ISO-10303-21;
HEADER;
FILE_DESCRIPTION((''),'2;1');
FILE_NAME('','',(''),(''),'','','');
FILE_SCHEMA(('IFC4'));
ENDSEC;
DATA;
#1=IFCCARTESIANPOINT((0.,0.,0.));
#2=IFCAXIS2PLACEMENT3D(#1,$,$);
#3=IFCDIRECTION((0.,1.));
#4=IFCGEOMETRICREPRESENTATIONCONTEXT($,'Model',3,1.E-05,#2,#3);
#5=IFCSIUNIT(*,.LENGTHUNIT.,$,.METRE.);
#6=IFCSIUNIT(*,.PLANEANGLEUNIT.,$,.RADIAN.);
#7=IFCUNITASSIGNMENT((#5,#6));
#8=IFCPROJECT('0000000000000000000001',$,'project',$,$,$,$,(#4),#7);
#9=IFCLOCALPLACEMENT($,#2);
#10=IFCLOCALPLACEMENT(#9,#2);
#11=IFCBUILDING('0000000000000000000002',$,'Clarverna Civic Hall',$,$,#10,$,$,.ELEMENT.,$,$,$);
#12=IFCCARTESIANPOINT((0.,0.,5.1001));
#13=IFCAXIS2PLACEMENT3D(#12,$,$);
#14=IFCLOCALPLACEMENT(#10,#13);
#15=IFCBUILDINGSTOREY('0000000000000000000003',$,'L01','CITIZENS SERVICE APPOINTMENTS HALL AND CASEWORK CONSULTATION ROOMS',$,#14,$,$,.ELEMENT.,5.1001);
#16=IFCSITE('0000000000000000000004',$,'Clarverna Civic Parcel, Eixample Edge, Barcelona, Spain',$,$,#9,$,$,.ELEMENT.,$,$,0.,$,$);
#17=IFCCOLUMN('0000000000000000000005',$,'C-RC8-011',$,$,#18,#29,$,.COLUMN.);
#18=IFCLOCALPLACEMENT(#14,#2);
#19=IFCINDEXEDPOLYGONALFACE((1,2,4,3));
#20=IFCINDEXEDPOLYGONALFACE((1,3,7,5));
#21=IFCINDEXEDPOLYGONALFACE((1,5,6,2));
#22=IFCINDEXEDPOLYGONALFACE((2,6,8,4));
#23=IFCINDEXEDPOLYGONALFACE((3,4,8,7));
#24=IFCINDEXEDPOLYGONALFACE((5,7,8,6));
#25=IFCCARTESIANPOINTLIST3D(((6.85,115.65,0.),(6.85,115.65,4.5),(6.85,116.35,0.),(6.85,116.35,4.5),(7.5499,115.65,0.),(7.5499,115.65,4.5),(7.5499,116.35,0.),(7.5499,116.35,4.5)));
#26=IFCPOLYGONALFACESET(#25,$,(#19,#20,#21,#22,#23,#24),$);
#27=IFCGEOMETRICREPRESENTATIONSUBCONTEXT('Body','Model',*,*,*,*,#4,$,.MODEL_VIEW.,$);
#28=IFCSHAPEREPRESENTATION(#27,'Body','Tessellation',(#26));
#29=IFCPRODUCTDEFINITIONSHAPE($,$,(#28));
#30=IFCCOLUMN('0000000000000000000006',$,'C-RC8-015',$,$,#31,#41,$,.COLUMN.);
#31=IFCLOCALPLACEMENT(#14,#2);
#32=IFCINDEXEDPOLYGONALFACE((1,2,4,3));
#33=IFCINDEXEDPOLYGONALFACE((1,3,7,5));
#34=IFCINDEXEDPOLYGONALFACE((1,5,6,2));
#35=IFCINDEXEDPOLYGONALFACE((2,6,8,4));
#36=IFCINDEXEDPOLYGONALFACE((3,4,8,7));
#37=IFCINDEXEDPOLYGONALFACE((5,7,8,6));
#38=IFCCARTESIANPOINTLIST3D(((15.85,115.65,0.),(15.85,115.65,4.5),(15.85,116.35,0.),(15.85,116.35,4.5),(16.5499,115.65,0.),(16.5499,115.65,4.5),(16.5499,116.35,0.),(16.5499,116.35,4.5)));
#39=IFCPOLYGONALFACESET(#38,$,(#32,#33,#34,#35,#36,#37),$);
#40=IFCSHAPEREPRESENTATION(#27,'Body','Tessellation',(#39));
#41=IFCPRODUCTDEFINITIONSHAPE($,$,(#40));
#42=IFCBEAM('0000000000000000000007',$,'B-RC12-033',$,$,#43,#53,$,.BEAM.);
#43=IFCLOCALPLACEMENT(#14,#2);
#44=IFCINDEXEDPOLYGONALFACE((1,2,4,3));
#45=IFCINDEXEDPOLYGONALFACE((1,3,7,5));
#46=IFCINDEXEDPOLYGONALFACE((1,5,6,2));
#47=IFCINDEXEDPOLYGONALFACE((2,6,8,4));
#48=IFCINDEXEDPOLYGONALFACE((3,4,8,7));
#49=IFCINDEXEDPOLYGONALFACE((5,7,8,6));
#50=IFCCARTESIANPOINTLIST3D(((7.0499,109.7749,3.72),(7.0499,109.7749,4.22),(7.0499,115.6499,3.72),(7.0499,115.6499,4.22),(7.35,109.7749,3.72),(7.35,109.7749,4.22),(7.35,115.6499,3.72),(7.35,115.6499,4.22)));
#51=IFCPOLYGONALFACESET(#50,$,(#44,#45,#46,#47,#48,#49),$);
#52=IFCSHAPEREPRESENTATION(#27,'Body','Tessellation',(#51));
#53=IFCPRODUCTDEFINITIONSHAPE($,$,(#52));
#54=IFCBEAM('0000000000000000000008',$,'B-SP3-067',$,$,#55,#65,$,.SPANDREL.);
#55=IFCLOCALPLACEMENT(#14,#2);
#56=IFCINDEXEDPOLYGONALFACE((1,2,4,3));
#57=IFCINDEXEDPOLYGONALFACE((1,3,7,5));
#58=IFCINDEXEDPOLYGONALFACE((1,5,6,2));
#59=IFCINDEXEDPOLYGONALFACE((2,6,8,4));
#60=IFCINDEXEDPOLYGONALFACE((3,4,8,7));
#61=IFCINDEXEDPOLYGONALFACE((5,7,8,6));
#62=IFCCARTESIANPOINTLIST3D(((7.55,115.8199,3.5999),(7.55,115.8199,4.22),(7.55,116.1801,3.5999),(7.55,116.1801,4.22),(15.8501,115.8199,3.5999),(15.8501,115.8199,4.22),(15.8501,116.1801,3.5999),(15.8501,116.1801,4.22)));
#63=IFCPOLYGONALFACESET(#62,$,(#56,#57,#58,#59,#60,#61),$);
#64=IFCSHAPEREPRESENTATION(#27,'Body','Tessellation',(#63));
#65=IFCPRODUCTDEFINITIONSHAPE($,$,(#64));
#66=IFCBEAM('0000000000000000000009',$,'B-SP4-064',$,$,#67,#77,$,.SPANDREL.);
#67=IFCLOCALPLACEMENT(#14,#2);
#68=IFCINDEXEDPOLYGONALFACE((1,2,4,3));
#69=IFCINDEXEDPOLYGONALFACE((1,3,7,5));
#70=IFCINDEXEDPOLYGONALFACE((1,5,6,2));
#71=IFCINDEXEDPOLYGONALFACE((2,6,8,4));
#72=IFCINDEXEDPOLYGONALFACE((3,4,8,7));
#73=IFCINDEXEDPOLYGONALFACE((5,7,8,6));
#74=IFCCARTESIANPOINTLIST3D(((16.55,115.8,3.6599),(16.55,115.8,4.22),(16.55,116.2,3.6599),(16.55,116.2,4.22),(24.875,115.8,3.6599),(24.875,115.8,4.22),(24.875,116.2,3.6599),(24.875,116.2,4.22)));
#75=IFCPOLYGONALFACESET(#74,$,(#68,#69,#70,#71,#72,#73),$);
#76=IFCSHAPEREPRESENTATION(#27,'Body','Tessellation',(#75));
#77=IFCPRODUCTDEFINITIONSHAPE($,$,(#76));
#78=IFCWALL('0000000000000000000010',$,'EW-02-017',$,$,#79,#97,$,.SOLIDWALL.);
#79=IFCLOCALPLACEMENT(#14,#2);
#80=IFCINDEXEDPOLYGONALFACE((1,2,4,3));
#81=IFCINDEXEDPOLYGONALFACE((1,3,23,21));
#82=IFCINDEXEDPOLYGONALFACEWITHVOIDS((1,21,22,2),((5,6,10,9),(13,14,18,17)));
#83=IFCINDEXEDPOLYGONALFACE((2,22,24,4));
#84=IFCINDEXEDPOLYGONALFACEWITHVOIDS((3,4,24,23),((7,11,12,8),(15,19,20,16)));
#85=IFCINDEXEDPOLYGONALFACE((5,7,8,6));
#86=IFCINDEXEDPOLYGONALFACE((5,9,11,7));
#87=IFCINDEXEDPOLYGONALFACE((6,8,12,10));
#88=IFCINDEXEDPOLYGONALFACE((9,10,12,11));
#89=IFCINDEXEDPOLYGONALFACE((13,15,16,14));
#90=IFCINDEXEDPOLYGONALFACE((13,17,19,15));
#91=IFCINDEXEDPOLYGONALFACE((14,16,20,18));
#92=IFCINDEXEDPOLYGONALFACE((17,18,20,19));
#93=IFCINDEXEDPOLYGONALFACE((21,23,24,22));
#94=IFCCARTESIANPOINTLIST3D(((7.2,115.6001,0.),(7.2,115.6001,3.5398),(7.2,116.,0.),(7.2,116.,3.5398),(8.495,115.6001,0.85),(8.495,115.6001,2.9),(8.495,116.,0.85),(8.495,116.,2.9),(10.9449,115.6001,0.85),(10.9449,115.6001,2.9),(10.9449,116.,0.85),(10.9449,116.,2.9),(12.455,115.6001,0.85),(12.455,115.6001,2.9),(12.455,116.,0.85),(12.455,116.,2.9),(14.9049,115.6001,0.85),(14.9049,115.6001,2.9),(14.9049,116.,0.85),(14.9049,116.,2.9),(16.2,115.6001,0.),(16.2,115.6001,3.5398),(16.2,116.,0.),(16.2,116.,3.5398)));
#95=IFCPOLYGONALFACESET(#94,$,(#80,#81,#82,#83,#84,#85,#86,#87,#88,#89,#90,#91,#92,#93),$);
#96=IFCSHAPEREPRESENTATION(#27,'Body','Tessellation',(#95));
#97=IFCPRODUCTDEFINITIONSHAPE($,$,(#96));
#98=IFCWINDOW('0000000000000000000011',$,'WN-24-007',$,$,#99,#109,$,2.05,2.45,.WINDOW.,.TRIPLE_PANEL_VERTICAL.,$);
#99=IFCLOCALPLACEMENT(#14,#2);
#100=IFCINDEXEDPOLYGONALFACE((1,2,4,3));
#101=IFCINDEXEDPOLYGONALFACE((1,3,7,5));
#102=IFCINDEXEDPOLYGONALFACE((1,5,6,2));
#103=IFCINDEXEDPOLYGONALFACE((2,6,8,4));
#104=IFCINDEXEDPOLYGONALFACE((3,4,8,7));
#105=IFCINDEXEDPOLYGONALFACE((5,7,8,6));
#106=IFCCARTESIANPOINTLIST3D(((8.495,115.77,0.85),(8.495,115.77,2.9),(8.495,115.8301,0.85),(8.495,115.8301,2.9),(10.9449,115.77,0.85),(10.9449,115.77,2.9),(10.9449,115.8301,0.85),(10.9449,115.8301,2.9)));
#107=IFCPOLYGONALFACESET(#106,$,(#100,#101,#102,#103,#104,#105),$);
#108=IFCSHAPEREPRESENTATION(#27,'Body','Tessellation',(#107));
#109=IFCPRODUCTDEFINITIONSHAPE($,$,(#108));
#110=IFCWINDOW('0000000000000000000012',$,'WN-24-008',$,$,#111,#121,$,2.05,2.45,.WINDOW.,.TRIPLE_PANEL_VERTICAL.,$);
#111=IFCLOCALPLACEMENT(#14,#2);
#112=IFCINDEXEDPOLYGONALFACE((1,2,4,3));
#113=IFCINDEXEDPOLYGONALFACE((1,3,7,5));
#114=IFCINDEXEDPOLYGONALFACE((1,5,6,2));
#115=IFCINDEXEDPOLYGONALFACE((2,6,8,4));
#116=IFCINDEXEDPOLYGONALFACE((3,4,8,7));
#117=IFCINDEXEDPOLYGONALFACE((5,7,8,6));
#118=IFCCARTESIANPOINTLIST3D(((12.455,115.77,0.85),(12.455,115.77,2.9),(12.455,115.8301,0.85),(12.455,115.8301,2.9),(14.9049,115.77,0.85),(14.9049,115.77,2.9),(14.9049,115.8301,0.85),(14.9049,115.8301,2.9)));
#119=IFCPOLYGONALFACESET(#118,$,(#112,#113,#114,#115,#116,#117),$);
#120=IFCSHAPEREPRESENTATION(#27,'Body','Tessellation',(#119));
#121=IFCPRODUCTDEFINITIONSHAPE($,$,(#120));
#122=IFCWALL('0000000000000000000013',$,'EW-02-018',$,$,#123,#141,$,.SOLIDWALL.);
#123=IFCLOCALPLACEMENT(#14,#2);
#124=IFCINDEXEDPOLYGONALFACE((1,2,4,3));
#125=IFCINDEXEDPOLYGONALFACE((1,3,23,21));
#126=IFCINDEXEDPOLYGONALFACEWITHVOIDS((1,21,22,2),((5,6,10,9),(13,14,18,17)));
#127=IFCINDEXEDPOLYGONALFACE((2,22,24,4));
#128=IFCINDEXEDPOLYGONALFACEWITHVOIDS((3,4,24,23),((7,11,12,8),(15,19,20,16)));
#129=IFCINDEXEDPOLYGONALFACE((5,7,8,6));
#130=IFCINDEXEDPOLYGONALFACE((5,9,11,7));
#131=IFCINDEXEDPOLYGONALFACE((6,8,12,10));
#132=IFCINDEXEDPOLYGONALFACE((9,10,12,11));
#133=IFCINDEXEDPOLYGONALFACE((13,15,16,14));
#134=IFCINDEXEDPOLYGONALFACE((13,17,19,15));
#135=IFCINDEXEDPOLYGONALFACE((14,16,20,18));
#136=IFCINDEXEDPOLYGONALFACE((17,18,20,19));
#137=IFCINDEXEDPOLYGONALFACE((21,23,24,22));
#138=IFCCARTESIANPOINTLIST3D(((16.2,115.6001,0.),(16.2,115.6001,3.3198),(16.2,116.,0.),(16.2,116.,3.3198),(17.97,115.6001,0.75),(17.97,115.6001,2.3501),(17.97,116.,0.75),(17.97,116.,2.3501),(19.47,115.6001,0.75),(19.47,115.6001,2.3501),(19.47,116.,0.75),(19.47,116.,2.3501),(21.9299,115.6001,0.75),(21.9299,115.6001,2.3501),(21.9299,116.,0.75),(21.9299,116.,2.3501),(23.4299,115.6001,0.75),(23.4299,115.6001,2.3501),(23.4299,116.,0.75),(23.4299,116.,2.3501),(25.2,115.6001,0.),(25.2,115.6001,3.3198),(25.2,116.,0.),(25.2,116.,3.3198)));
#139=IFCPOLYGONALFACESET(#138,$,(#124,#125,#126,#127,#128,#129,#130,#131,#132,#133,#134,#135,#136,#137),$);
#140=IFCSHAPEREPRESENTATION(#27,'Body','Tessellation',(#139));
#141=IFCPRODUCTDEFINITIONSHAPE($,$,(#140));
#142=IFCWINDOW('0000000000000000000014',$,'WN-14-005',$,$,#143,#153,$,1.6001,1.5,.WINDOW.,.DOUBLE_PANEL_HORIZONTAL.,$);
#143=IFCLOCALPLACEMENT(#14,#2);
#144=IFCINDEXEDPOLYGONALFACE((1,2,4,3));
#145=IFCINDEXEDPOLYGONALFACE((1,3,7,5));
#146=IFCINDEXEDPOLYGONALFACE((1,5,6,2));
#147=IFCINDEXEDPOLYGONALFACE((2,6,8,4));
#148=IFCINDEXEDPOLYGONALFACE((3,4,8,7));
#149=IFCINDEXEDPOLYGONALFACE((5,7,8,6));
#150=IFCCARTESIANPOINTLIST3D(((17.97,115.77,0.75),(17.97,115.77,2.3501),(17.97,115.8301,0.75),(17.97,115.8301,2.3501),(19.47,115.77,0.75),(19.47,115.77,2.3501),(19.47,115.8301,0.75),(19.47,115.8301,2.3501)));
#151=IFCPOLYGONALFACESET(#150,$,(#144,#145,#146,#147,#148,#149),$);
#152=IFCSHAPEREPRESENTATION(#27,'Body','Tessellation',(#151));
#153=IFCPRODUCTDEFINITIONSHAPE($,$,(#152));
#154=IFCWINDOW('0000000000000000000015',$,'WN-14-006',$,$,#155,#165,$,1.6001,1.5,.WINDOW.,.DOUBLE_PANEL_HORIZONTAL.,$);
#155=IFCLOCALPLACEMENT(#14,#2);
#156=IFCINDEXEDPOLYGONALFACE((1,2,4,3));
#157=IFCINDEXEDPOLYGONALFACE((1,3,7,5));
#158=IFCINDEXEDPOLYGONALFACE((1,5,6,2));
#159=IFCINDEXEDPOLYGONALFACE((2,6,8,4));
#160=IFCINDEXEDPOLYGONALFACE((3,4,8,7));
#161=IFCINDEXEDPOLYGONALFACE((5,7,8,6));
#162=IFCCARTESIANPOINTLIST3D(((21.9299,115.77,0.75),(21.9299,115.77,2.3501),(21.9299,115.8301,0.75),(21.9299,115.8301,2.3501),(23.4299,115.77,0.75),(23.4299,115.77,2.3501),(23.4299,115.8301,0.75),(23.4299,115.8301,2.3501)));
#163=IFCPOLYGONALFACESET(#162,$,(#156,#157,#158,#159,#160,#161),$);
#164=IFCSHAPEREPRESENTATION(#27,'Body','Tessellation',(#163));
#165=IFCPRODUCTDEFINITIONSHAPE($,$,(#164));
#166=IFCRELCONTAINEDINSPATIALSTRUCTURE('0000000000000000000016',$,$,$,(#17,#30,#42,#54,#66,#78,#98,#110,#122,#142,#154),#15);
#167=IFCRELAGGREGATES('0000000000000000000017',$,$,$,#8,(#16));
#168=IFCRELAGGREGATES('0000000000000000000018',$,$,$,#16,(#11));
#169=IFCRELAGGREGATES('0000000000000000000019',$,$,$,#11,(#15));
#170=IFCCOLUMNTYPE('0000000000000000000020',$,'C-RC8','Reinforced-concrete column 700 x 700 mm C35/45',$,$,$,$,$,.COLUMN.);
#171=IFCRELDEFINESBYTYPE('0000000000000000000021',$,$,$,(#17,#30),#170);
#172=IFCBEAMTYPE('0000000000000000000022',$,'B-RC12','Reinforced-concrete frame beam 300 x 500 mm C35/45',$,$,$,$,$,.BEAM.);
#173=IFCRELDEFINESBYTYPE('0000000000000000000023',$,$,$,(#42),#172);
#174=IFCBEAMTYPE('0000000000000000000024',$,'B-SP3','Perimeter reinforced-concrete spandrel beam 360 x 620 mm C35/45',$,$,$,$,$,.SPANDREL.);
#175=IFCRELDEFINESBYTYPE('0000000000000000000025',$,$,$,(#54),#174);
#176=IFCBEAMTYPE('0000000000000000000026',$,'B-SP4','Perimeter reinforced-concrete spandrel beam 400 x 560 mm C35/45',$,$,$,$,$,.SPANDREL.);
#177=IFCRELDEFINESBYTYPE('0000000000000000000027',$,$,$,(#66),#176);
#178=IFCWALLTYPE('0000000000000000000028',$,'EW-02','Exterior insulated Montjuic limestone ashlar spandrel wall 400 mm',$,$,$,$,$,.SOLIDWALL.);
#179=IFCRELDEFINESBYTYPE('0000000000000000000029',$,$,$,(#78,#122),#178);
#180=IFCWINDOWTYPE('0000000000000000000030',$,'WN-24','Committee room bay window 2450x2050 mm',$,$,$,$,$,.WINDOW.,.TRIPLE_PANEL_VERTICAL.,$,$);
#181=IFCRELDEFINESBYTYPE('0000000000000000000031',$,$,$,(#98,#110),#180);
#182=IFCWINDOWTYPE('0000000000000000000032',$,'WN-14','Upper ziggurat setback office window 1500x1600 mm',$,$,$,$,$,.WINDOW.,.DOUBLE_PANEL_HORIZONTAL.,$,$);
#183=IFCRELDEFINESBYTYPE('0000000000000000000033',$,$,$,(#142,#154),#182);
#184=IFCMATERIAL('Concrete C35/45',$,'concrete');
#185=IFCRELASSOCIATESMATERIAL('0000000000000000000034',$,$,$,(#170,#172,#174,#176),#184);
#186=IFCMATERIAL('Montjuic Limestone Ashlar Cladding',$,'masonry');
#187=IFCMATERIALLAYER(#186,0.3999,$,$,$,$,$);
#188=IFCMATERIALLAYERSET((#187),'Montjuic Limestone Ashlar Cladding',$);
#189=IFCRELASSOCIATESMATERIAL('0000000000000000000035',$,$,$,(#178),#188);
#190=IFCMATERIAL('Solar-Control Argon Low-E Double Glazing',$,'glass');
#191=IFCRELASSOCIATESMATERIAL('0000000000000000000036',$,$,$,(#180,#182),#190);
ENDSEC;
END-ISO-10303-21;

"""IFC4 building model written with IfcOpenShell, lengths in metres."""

from ifc_helpers import new_model, si_unit, direction, frame, frame_2d, origin, origin_2d, place, context, subcontext, project, spatial, rectangle, extrude, material, layer, layer_set, material_profile, profile_set, type_object, element, fill, save


model = new_model("IFC4")

# Units and contexts
model_context = context("Model", 3, precision=1e-05, world=origin(), true_north=direction((0.0, 1.0)))
body_context = subcontext(model_context, "Body", "Model", "MODEL_VIEW")
ifc_project = project(units=[si_unit("LENGTHUNIT", "METRE"), si_unit("PLANEANGLEUNIT", "RADIAN")], contexts=[model_context])

# Site, building, storey
site_placement = place(None, origin())
site = spatial("IfcSite", under=ifc_project, at=site_placement, Name="Clarverna Civic Parcel, Eixample Edge, Barcelona, Spain", CompositionType="ELEMENT", RefElevation=0.0)
building_placement = place(site_placement, origin())
building = spatial("IfcBuilding", under=site, at=building_placement, Name="Clarverna Civic Hall", CompositionType="ELEMENT")
storey_placement = place(building_placement, frame((0.0, 0.0, 5.1001)))
storey = spatial("IfcBuildingStorey", under=building, at=storey_placement, Name="L01", Description="CITIZENS SERVICE APPOINTMENTS HALL AND CASEWORK CONSULTATION ROOMS", CompositionType="ELEMENT", Elevation=5.1001)

# Columns
ifc_material_1 = material(Name="Concrete C35/45", Category="concrete")
ifc_material_profile_1 = material_profile(ifc_material_1, rectangle(XDim=0.7, YDim=0.7, at=origin_2d()), Name="RC 700x700")
ifc_profile_set_1 = profile_set([ifc_material_profile_1], Name="Concrete C35/45")
column_type = type_object("IfcColumnType", Name="C-RC8", Description="Reinforced-concrete column 700 x 700 mm C35/45", PredefinedType="COLUMN", material=ifc_profile_set_1)
for number, where, z_axis, x_axis, name in (
    (1, (7.2, 116.0, 0.0), (0.0, 0.0, 1.0), (1.0, 0.0, 0.0), "C-RC8-011"),
    (2, (16.2, 116.0, 0.0), (0.0, 0.0, 1.0), (1.0, 0.0, 0.0), "C-RC8-015"),
):
    element("IfcColumn", number, at=place(storey_placement, frame(where, z_axis=z_axis, x_axis=x_axis)), inside=storey, type_object=column_type, Name=name, PredefinedType="COLUMN", context=body_context, shape_type="SweptSolid", body=[
        extrude(rectangle(XDim=0.7, YDim=0.7, at=origin_2d()), origin(), (0.0, 0.0, 1.0), 4.5),
    ])

# Beams
ifc_material_profile_2 = material_profile(ifc_material_1, rectangle(XDim=0.3, YDim=0.5, at=origin_2d()), Name="RC 300x500")
ifc_profile_set_2 = profile_set([ifc_material_profile_2], Name="Concrete C35/45")
beam_type_1 = type_object("IfcBeamType", Name="B-RC12", Description="Reinforced-concrete frame beam 300 x 500 mm C35/45", PredefinedType="BEAM", material=ifc_profile_set_2)
beam_1_placement = place(storey_placement, frame((7.2, 109.7749, 3.97), z_axis=(0.0, 1.0, 0.0), x_axis=(-1.0, 0.0, 0.0)))
element("IfcBeam", 3, at=beam_1_placement, inside=storey, type_object=beam_type_1, Name="B-RC12-033", PredefinedType="BEAM", context=body_context, shape_type="SweptSolid", body=[
    extrude(rectangle(XDim=0.3, YDim=0.5, at=origin_2d()), origin(), (0.0, 0.0, 1.0), 5.875),
])
ifc_material_profile_3 = material_profile(ifc_material_1, rectangle(XDim=0.3601, YDim=0.6201, at=origin_2d()), Name="RC 360x620")
ifc_profile_set_3 = profile_set([ifc_material_profile_3], Name="Concrete C35/45")
beam_type_2 = type_object("IfcBeamType", Name="B-SP3", Description="Perimeter reinforced-concrete spandrel beam 360 x 620 mm C35/45", PredefinedType="SPANDREL", material=ifc_profile_set_3)
beam_2_placement = place(storey_placement, frame((7.55, 116.0, 3.9099), z_axis=(1.0, 0.0, 0.0), x_axis=(0.0, 1.0, 0.0)))
element("IfcBeam", 4, at=beam_2_placement, inside=storey, type_object=beam_type_2, Name="B-SP3-067", PredefinedType="SPANDREL", context=body_context, shape_type="SweptSolid", body=[
    extrude(rectangle(XDim=0.3601, YDim=0.6201, at=origin_2d()), origin(), (0.0, 0.0, 1.0), 8.3),
])
ifc_material_profile_4 = material_profile(ifc_material_1, rectangle(XDim=0.3999, YDim=0.5601, at=origin_2d()), Name="RC 400x560")
ifc_profile_set_4 = profile_set([ifc_material_profile_4], Name="Concrete C35/45")
beam_type_3 = type_object("IfcBeamType", Name="B-SP4", Description="Perimeter reinforced-concrete spandrel beam 400 x 560 mm C35/45", PredefinedType="SPANDREL", material=ifc_profile_set_4)
beam_3_placement = place(storey_placement, frame((16.55, 116.0, 3.9399), z_axis=(1.0, 0.0, 0.0), x_axis=(0.0, 1.0, 0.0)))
element("IfcBeam", 5, at=beam_3_placement, inside=storey, type_object=beam_type_3, Name="B-SP4-064", PredefinedType="SPANDREL", context=body_context, shape_type="SweptSolid", body=[
    extrude(rectangle(XDim=0.3999, YDim=0.5601, at=origin_2d()), origin(), (0.0, 0.0, 1.0), 8.325),
])

# Walls, openings, windows
ifc_material_2 = material(Name="Montjuic Limestone Ashlar Cladding", Category="masonry")
ifc_layer_1 = layer(ifc_material_2, 0.3999)
ifc_layer_set_1 = layer_set([ifc_layer_1], Name="Montjuic Limestone Ashlar Cladding")
wall_type_1 = type_object("IfcWallType", Name="EW-02", Description="Exterior insulated Montjuic limestone ashlar spandrel wall 400 mm", PredefinedType="SOLIDWALL", material=ifc_layer_set_1)
wall_1_placement = place(storey_placement, frame((7.2, 115.8, 0.0), z_axis=(0.0, 0.0, 1.0), x_axis=(1.0, 0.0, 0.0)))
wall_1 = element("IfcWall", 6, at=wall_1_placement, inside=storey, type_object=wall_type_1, Name="EW-02-017", PredefinedType="SOLIDWALL", context=body_context, shape_type="SweptSolid", body=[
    extrude(rectangle(XDim=9.0, YDim=0.3999, at=frame_2d((4.5, 0.0))), origin(), (0.0, 0.0, 1.0), 3.5398),
])
opening_1_placement = place(wall_1_placement, frame((1.2949, 0.0, 0.8501)))
opening_1 = element("IfcOpeningElement", 7, at=opening_1_placement, cuts=wall_1, PredefinedType="OPENING", context=body_context, shape_type="SweptSolid", body=[
    extrude(rectangle(XDim=2.45, YDim=2.05, at=frame_2d((1.2251, 1.0249))), frame((0.0, 0.21, 0.0), z_axis=(0.0, -1.0, 0.0), x_axis=(1.0, 0.0, 0.0)), (0.0, 0.0, 1.0), 0.4199),
])
opening_2_placement = place(wall_1_placement, frame((5.2549, 0.0, 0.8501)))
opening_2 = element("IfcOpeningElement", 8, at=opening_2_placement, cuts=wall_1, PredefinedType="OPENING", context=body_context, shape_type="SweptSolid", body=[
    extrude(rectangle(XDim=2.45, YDim=2.05, at=frame_2d((1.2251, 1.0249))), frame((0.0, 0.21, 0.0), z_axis=(0.0, -1.0, 0.0), x_axis=(1.0, 0.0, 0.0)), (0.0, 0.0, 1.0), 0.4199),
])
ifc_material_3 = material(Name="Solar-Control Argon Low-E Double Glazing", Category="glass")
window_type_1 = type_object("IfcWindowType", Name="WN-24", Description="Committee room bay window 2450x2050 mm", PartitioningType="TRIPLE_PANEL_VERTICAL", PredefinedType="WINDOW", material=ifc_material_3)
window_1_placement = place(opening_1_placement, origin())
window_1 = element("IfcWindow", 9, at=window_1_placement, inside=storey, type_object=window_type_1, Name="WN-24-007", OverallHeight=2.05, OverallWidth=2.45, PartitioningType="TRIPLE_PANEL_VERTICAL", PredefinedType="WINDOW", context=body_context, shape_type="SweptSolid", body=[
    extrude(rectangle(XDim=2.45, YDim=2.05, at=frame_2d((1.2251, 1.0249))), frame((0.0, 0.03, 0.0), z_axis=(0.0, -1.0, 0.0), x_axis=(1.0, 0.0, 0.0)), (0.0, 0.0, 1.0), 0.0601),
])
fill(opening_1, window_1)
window_2_placement = place(opening_2_placement, origin())
window_2 = element("IfcWindow", 10, at=window_2_placement, inside=storey, type_object=window_type_1, Name="WN-24-008", OverallHeight=2.05, OverallWidth=2.45, PartitioningType="TRIPLE_PANEL_VERTICAL", PredefinedType="WINDOW", context=body_context, shape_type="SweptSolid", body=[
    extrude(rectangle(XDim=2.45, YDim=2.05, at=frame_2d((1.2251, 1.0249))), frame((0.0, 0.03, 0.0), z_axis=(0.0, -1.0, 0.0), x_axis=(1.0, 0.0, 0.0)), (0.0, 0.0, 1.0), 0.0601),
])
fill(opening_2, window_2)
wall_2_placement = place(storey_placement, frame((16.2, 115.8, 0.0), z_axis=(0.0, 0.0, 1.0), x_axis=(1.0, 0.0, 0.0)))
wall_2 = element("IfcWall", 11, at=wall_2_placement, inside=storey, type_object=wall_type_1, Name="EW-02-018", PredefinedType="SOLIDWALL", context=body_context, shape_type="SweptSolid", body=[
    extrude(rectangle(XDim=9.0, YDim=0.3999, at=frame_2d((4.5, 0.0))), origin(), (0.0, 0.0, 1.0), 3.3198),
])
opening_3_placement = place(wall_2_placement, frame((1.77, 0.0, 0.75)))
opening_3 = element("IfcOpeningElement", 12, at=opening_3_placement, cuts=wall_2, PredefinedType="OPENING", context=body_context, shape_type="SweptSolid", body=[
    extrude(rectangle(XDim=1.5, YDim=1.6001, at=frame_2d((0.75, 0.8))), frame((0.0, 0.21, 0.0), z_axis=(0.0, -1.0, 0.0), x_axis=(1.0, 0.0, 0.0)), (0.0, 0.0, 1.0), 0.4199),
])
opening_4_placement = place(wall_2_placement, frame((5.73, 0.0, 0.75)))
opening_4 = element("IfcOpeningElement", 13, at=opening_4_placement, cuts=wall_2, PredefinedType="OPENING", context=body_context, shape_type="SweptSolid", body=[
    extrude(rectangle(XDim=1.5, YDim=1.6001, at=frame_2d((0.75, 0.8))), frame((0.0, 0.21, 0.0), z_axis=(0.0, -1.0, 0.0), x_axis=(1.0, 0.0, 0.0)), (0.0, 0.0, 1.0), 0.4199),
])
window_type_2 = type_object("IfcWindowType", Name="WN-14", Description="Upper ziggurat setback office window 1500x1600 mm", PartitioningType="DOUBLE_PANEL_HORIZONTAL", PredefinedType="WINDOW", material=ifc_material_3)
window_3_placement = place(opening_3_placement, origin())
window_3 = element("IfcWindow", 14, at=window_3_placement, inside=storey, type_object=window_type_2, Name="WN-14-005", OverallHeight=1.6001, OverallWidth=1.5, PartitioningType="DOUBLE_PANEL_HORIZONTAL", PredefinedType="WINDOW", context=body_context, shape_type="SweptSolid", body=[
    extrude(rectangle(XDim=1.5, YDim=1.6001, at=frame_2d((0.75, 0.8))), frame((0.0, 0.03, 0.0), z_axis=(0.0, -1.0, 0.0), x_axis=(1.0, 0.0, 0.0)), (0.0, 0.0, 1.0), 0.0601),
])
fill(opening_3, window_3)
window_4_placement = place(opening_4_placement, origin())
window_4 = element("IfcWindow", 15, at=window_4_placement, inside=storey, type_object=window_type_2, Name="WN-14-006", OverallHeight=1.6001, OverallWidth=1.5, PartitioningType="DOUBLE_PANEL_HORIZONTAL", PredefinedType="WINDOW", context=body_context, shape_type="SweptSolid", body=[
    extrude(rectangle(XDim=1.5, YDim=1.6001, at=frame_2d((0.75, 0.8))), frame((0.0, 0.03, 0.0), z_axis=(0.0, -1.0, 0.0), x_axis=(1.0, 0.0, 0.0)), (0.0, 0.0, 1.0), 0.0601),
])
fill(opening_4, window_4)

save(model, "model.ifc")
